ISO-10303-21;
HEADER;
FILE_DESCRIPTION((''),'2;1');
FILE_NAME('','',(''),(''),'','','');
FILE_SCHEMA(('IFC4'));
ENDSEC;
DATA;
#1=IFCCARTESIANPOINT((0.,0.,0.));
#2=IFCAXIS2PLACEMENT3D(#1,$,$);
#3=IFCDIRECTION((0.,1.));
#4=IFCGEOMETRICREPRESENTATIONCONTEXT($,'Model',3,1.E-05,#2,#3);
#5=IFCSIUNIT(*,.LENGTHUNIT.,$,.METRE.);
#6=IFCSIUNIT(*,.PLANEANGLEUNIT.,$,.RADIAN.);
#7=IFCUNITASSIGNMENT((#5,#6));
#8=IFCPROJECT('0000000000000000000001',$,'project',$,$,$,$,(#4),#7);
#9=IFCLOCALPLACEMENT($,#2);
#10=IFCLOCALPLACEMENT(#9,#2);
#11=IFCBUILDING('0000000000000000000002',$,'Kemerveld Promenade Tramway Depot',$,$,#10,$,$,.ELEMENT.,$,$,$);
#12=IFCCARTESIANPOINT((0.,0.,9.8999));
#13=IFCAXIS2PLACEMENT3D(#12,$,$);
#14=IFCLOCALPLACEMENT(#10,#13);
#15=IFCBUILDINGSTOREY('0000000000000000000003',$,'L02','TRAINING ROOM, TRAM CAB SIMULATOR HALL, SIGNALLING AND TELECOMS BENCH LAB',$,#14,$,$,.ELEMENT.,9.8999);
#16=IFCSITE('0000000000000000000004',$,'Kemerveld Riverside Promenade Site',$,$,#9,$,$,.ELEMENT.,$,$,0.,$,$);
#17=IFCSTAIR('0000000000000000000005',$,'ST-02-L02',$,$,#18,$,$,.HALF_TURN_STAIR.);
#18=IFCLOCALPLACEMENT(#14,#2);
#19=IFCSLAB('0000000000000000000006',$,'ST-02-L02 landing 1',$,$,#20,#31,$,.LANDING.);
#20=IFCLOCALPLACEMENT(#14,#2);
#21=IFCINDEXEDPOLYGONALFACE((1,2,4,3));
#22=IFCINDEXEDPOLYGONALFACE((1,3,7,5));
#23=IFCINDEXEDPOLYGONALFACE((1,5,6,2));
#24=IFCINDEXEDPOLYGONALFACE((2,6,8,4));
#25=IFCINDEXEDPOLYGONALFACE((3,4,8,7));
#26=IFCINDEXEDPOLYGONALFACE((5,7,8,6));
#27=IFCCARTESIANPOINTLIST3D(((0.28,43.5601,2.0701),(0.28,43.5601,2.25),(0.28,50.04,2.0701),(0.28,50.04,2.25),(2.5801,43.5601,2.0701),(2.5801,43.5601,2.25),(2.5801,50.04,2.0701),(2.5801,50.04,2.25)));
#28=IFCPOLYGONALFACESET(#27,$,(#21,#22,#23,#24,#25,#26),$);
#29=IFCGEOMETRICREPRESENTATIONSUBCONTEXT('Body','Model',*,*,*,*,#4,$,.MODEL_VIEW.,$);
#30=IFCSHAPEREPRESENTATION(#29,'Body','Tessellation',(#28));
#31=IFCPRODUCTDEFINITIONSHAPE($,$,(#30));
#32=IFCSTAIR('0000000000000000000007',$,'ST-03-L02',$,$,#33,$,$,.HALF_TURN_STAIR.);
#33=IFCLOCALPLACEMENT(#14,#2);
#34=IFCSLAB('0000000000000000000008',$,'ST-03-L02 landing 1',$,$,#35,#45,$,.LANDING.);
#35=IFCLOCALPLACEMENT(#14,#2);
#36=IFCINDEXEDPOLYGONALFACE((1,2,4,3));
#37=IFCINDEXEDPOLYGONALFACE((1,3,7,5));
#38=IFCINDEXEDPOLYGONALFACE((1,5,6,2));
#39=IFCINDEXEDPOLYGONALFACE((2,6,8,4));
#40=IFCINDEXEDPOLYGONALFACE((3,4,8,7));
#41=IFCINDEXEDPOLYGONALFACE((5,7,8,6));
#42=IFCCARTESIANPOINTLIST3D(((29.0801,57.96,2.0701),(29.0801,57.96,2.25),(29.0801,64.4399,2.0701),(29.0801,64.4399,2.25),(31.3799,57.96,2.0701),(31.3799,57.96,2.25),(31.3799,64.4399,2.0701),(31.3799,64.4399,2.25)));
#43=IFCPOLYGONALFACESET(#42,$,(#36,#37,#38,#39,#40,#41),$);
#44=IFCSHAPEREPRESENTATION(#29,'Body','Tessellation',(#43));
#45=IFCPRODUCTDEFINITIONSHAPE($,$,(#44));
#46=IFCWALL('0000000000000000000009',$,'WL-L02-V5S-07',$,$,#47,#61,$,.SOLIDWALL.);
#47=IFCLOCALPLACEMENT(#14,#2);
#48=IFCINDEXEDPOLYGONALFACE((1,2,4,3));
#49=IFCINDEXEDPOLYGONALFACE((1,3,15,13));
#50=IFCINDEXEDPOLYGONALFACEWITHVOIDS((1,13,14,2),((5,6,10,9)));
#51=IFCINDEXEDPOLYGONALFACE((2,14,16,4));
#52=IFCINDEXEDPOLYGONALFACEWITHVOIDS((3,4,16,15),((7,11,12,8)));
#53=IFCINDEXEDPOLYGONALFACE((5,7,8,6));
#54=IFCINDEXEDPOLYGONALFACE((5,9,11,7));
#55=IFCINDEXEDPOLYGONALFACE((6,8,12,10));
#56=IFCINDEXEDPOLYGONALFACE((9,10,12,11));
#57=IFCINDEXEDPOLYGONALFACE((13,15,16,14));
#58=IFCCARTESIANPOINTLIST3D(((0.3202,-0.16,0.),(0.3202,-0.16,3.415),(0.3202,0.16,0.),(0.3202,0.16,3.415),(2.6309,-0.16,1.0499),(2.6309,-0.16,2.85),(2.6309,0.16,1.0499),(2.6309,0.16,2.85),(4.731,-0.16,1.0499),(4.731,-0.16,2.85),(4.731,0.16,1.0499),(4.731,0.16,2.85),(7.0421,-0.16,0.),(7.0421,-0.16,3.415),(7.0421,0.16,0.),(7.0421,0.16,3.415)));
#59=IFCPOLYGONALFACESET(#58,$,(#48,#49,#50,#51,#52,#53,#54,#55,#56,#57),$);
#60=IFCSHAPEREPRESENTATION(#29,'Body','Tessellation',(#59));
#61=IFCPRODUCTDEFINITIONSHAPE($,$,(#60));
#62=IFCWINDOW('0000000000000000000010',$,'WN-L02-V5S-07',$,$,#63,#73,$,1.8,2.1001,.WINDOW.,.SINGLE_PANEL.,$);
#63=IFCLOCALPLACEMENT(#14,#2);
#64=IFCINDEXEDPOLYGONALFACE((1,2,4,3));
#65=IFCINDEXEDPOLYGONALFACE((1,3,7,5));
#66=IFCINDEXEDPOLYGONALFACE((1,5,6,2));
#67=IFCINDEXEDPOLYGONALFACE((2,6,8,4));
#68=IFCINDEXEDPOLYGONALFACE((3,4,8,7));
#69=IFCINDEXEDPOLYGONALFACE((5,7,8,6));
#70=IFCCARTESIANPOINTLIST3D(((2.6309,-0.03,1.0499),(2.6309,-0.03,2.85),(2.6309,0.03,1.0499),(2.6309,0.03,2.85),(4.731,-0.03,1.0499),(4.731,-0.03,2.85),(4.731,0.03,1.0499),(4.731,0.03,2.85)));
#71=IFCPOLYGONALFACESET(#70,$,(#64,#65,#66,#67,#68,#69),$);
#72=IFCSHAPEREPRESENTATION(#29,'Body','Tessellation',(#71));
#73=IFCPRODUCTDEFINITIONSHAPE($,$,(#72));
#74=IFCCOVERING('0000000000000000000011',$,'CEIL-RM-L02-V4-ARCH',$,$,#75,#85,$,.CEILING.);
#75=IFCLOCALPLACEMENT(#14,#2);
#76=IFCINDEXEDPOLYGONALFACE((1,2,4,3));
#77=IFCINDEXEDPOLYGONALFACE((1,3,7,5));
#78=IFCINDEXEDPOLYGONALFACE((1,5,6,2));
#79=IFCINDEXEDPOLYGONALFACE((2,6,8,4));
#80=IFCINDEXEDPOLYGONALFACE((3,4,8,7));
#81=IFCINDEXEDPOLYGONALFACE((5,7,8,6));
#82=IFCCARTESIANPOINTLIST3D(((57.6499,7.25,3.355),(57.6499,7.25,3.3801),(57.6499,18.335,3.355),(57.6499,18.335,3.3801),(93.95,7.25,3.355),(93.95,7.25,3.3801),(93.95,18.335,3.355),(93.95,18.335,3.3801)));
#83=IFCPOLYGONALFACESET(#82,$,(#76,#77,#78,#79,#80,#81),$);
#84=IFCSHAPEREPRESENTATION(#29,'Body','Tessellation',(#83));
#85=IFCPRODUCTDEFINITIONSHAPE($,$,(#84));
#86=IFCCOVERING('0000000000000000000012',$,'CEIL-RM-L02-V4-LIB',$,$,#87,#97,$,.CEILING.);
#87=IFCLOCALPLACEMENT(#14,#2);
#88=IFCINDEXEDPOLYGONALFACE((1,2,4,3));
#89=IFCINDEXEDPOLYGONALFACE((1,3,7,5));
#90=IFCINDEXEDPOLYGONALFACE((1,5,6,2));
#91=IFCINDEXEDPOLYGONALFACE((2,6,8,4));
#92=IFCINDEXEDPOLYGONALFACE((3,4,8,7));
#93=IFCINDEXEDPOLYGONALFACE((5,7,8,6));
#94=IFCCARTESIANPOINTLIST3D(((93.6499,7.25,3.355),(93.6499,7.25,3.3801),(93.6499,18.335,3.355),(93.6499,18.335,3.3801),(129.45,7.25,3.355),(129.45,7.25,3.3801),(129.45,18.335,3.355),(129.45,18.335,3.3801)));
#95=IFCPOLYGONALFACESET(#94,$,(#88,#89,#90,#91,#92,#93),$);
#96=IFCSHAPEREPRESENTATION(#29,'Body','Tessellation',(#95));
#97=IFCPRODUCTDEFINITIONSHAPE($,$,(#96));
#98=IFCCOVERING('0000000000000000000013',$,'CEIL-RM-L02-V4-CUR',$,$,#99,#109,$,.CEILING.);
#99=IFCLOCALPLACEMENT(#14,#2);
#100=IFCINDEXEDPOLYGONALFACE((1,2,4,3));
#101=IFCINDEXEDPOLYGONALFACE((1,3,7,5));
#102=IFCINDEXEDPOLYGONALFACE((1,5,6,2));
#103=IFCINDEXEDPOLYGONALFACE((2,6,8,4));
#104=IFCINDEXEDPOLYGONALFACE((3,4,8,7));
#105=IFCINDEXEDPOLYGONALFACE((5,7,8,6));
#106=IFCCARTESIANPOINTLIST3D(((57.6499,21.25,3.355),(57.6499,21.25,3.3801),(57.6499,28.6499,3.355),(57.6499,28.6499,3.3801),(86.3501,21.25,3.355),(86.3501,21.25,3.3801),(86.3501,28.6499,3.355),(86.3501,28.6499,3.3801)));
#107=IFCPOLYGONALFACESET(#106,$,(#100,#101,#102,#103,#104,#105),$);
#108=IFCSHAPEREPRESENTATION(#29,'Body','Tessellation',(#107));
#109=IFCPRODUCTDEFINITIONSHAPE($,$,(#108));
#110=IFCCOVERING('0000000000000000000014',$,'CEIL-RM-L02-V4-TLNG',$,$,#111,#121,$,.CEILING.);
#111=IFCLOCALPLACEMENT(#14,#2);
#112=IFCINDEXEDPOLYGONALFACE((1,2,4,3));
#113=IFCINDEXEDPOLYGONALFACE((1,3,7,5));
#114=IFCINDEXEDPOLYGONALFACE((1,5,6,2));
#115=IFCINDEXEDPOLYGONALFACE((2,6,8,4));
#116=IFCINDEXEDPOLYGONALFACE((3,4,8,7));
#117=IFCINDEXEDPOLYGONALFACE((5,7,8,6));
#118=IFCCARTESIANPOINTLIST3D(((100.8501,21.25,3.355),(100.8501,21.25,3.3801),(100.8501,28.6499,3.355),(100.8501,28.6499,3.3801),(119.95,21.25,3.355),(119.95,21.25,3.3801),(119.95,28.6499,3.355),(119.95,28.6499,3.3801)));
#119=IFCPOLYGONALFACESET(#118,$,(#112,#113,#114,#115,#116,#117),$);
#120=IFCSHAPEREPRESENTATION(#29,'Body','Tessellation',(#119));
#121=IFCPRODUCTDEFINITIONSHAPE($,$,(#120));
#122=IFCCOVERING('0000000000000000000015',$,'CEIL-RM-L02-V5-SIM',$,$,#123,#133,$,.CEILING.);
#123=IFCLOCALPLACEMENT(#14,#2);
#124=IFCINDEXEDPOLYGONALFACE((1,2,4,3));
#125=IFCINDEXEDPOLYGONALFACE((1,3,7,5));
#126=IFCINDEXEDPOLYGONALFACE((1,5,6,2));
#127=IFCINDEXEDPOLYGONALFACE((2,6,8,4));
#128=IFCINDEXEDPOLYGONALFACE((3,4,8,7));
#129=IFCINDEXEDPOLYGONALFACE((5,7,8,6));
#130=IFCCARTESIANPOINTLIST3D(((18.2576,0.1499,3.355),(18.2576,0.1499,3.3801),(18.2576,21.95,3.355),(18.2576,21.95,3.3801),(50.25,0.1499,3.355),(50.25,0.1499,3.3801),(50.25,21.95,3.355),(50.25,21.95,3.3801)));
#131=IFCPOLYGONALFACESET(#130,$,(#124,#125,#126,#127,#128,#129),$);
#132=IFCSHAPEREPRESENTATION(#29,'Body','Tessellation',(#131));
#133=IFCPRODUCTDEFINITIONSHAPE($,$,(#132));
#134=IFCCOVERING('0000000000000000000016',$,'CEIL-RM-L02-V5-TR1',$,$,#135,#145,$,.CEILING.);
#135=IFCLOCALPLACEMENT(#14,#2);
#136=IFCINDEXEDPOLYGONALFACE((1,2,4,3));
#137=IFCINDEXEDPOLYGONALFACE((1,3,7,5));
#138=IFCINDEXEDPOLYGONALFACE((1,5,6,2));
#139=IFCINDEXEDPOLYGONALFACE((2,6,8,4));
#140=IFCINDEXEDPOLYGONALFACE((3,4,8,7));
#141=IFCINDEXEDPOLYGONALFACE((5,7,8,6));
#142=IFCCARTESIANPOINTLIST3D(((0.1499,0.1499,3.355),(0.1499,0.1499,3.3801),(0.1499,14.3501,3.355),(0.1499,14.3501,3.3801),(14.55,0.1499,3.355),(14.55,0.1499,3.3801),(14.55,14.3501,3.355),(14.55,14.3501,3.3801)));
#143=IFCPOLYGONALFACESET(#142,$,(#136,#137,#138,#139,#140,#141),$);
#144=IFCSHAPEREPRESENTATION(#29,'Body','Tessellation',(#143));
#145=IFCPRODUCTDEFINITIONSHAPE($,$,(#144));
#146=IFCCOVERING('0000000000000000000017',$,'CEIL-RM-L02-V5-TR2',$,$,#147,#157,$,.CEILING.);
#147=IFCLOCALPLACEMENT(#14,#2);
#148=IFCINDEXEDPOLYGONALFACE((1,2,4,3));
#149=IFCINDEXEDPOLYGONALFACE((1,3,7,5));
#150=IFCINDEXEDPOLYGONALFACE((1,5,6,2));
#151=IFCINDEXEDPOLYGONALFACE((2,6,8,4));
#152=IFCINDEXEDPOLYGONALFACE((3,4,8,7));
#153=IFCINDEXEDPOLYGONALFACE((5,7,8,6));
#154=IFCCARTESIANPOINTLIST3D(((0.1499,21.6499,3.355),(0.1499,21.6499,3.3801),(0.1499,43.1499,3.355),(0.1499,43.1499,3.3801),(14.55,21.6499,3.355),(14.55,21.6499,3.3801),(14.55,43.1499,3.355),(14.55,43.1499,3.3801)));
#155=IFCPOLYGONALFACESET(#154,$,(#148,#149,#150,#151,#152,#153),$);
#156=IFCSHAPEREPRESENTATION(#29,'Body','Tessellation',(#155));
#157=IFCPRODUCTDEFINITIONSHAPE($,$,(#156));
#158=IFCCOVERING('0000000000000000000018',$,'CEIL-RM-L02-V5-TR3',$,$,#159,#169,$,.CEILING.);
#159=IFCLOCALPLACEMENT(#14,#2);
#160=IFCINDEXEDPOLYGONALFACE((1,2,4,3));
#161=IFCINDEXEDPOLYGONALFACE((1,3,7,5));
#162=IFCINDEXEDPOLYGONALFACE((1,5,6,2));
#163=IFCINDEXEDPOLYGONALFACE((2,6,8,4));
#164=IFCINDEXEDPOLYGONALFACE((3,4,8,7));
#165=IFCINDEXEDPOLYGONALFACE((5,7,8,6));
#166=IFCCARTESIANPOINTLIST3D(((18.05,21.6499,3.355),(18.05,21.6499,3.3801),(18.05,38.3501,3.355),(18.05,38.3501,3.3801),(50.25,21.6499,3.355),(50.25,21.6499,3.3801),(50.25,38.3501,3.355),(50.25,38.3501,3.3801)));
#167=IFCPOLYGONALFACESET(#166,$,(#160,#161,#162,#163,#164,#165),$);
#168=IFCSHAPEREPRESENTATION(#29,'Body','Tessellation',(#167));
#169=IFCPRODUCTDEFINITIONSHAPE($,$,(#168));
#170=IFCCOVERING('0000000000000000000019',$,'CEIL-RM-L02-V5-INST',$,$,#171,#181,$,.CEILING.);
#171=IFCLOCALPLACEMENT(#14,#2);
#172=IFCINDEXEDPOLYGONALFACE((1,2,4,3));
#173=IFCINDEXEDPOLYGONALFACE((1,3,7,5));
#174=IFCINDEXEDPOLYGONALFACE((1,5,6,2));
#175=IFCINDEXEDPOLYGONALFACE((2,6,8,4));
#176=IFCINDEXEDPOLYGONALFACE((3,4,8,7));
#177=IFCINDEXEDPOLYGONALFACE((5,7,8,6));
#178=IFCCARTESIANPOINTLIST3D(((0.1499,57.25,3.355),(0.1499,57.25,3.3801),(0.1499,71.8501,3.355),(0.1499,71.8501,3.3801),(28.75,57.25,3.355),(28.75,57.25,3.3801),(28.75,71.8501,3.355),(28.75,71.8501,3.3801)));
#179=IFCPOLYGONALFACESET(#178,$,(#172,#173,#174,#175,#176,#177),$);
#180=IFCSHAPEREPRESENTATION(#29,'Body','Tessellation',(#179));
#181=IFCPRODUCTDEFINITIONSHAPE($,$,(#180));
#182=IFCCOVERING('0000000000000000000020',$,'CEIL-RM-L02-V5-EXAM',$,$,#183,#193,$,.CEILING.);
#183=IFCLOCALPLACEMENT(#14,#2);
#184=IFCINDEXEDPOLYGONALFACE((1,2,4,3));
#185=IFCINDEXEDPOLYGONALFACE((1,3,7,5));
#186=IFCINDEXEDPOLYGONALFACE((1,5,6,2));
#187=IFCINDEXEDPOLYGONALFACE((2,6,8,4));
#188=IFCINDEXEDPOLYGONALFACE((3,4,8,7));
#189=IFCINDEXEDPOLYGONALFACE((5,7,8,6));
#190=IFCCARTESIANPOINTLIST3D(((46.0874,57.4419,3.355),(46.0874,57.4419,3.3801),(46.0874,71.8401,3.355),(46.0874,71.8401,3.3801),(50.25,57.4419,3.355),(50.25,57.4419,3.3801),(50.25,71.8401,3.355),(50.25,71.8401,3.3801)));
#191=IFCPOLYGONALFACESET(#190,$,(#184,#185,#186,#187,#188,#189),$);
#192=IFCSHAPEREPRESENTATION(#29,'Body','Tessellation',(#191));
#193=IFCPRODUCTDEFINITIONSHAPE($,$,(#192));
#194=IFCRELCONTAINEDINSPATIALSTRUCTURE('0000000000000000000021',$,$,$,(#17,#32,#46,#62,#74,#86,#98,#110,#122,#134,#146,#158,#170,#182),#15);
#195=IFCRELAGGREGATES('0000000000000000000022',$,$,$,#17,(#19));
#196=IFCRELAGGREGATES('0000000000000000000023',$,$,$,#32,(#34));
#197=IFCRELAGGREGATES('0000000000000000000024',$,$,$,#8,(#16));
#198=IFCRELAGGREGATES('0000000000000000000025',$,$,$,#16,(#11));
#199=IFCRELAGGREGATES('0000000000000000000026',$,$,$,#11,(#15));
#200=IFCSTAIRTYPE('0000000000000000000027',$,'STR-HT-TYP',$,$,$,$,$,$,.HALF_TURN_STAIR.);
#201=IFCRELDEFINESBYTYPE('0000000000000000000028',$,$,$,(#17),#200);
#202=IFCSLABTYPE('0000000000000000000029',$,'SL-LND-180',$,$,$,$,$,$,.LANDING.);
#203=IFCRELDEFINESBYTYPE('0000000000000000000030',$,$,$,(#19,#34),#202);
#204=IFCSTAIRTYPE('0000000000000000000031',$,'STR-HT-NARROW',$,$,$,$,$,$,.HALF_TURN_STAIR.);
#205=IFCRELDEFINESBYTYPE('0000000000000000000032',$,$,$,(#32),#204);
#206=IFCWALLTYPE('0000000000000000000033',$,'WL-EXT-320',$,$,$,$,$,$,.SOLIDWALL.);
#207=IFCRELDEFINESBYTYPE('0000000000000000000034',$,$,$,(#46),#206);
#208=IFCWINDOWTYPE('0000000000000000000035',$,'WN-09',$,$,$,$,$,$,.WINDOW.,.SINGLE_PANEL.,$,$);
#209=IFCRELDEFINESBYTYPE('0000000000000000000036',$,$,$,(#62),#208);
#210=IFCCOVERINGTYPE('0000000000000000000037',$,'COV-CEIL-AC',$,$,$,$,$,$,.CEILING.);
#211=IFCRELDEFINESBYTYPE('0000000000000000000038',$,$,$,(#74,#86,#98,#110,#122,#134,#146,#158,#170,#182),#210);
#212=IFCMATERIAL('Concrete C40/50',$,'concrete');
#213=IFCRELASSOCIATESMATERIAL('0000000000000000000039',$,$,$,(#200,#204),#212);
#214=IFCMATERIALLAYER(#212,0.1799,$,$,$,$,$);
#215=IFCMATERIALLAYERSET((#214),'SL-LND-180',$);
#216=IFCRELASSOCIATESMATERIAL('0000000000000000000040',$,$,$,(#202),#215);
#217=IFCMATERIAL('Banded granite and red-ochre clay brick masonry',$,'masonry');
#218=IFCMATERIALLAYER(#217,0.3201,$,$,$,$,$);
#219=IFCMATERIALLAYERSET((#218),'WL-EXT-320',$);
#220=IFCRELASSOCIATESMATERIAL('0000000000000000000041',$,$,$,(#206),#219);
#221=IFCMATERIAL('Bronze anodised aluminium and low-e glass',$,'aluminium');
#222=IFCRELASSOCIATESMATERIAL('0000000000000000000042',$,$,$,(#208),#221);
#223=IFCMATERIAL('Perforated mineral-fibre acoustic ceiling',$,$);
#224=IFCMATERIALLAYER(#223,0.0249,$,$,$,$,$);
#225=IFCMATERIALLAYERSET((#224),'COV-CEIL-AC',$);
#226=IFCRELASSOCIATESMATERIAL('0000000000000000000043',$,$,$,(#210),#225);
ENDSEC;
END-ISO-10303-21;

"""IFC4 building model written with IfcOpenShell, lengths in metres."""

from ifc_helpers import new_model, si_unit, direction, frame, frame_2d, origin, place, context, subcontext, project, spatial, polyline, rectangle, outline, extrude, material, layer, layer_set, type_object, element, fill, aggregate, save


model = new_model("IFC4")

# Units and contexts
model_context = context("Model", 3, precision=1e-05, world=origin(), true_north=direction((0.0, 1.0)))
body_context = subcontext(model_context, "Body", "Model", "MODEL_VIEW")
ifc_project = project(units=[si_unit("LENGTHUNIT", "METRE"), si_unit("PLANEANGLEUNIT", "RADIAN")], contexts=[model_context])

# Site, building, storey
site_placement = place(None, origin())
site = spatial("IfcSite", under=ifc_project, at=site_placement, Name="Kemerveld Riverside Promenade Site", CompositionType="ELEMENT", RefElevation=0.0)
building_placement = place(site_placement, origin())
building = spatial("IfcBuilding", under=site, at=building_placement, Name="Kemerveld Promenade Tramway Depot", CompositionType="ELEMENT")
storey_placement = place(building_placement, frame((0.0, 0.0, 9.8999)))
storey = spatial("IfcBuildingStorey", under=building, at=storey_placement, Name="L02", Description="TRAINING ROOM, TRAM CAB SIMULATOR HALL, SIGNALLING AND TELECOMS BENCH LAB", CompositionType="ELEMENT", Elevation=9.8999)

# Shared definitions
ifc_material_1 = material(Name="Concrete C40/50", Category="concrete")

# Stairs, slabs
stair_type_1 = type_object("IfcStairType", Name="STR-HT-TYP", PredefinedType="HALF_TURN_STAIR", material=ifc_material_1)
stair_1_placement = place(storey_placement, origin())
stair_1 = element("IfcStair", 1, at=stair_1_placement, inside=storey, type_object=stair_type_1, Name="ST-02-L02", PredefinedType="HALF_TURN_STAIR")
ifc_layer_1 = layer(ifc_material_1, 0.1799)
ifc_layer_set_1 = layer_set([ifc_layer_1], Name="SL-LND-180")
slab_type_1 = type_object("IfcSlabType", Name="SL-LND-180", PredefinedType="LANDING", material=ifc_layer_set_1)
slab_1_placement = place(storey_placement, frame((0.0, 0.0, 2.0701)))
slab_1 = element("IfcSlab", 2, at=slab_1_placement, type_object=slab_type_1, Name="ST-02-L02 landing 1", PredefinedType="LANDING", context=body_context, shape_type="SweptSolid", body=[
    extrude(outline(polyline([(0.28, 43.5601), (2.5801, 43.5601), (2.5801, 50.04), (0.28, 50.04), (0.28, 43.5601)])), origin(), (0.0, 0.0, 1.0), 0.1799),
])
aggregate(stair_1, [slab_1])
stair_type_2 = type_object("IfcStairType", Name="STR-HT-NARROW", PredefinedType="HALF_TURN_STAIR", material=ifc_material_1)
stair_2_placement = place(storey_placement, origin())
stair_2 = element("IfcStair", 3, at=stair_2_placement, inside=storey, type_object=stair_type_2, Name="ST-03-L02", PredefinedType="HALF_TURN_STAIR")
slab_2_placement = place(storey_placement, frame((0.0, 0.0, 2.0701)))
slab_2 = element("IfcSlab", 4, at=slab_2_placement, type_object=slab_type_1, Name="ST-03-L02 landing 1", PredefinedType="LANDING", context=body_context, shape_type="SweptSolid", body=[
    extrude(outline(polyline([(29.0801, 57.96), (31.3799, 57.96), (31.3799, 64.4399), (29.0801, 64.4399), (29.0801, 57.96)])), origin(), (0.0, 0.0, 1.0), 0.1799),
])
aggregate(stair_2, [slab_2])

# Wall, opening, window
ifc_material_2 = material(Name="Banded granite and red-ochre clay brick masonry", Category="masonry")
ifc_layer_2 = layer(ifc_material_2, 0.3201)
ifc_layer_set_2 = layer_set([ifc_layer_2], Name="WL-EXT-320")
wall_type = type_object("IfcWallType", Name="WL-EXT-320", PredefinedType="SOLIDWALL", material=ifc_layer_set_2)
wall_placement = place(storey_placement, frame((7.042, 0.0, 0.0), z_axis=(0.0, 0.0, 1.0), x_axis=(-1.0, 0.0, 0.0)))
wall = element("IfcWall", 5, at=wall_placement, inside=storey, type_object=wall_type, Name="WL-L02-V5S-07", PredefinedType="SOLIDWALL", context=body_context, shape_type="SweptSolid", body=[
    extrude(rectangle(XDim=6.7219, YDim=0.3201, at=frame_2d((3.3608, 0.0))), origin(), (0.0, 0.0, 1.0), 3.415),
])
opening_placement = place(wall_placement, frame((2.311, 0.0, 1.05)))
opening = element("IfcOpeningElement", 6, at=opening_placement, cuts=wall, PredefinedType="OPENING", context=body_context, shape_type="SweptSolid", body=[
    extrude(rectangle(XDim=2.1001, YDim=1.8, at=frame_2d((1.05, 0.8999))), frame((0.0, 0.1699, 0.0), z_axis=(0.0, -1.0, 0.0), x_axis=(1.0, 0.0, 0.0)), (0.0, 0.0, 1.0), 0.3401),
])
ifc_material_3 = material(Name="Bronze anodised aluminium and low-e glass", Category="aluminium")
window_type = type_object("IfcWindowType", Name="WN-09", PartitioningType="SINGLE_PANEL", PredefinedType="WINDOW", material=ifc_material_3)
window_placement = place(opening_placement, origin())
window = element("IfcWindow", 7, at=window_placement, inside=storey, type_object=window_type, Name="WN-L02-V5S-07", OverallHeight=1.8, OverallWidth=2.1001, PartitioningType="SINGLE_PANEL", PredefinedType="WINDOW", context=body_context, shape_type="SweptSolid", body=[
    extrude(rectangle(XDim=2.1001, YDim=1.8, at=frame_2d((1.05, 0.8999))), frame((0.0, 0.03, 0.0), z_axis=(0.0, -1.0, 0.0), x_axis=(1.0, 0.0, 0.0)), (0.0, 0.0, 1.0), 0.0601),
])
fill(opening, window)

# Coverings
ifc_material_4 = material(Name="Perforated mineral-fibre acoustic ceiling")
ifc_layer_3 = layer(ifc_material_4, 0.0249)
ifc_layer_set_3 = layer_set([ifc_layer_3], Name="COV-CEIL-AC")
covering_type_1 = type_object("IfcCoveringType", Name="COV-CEIL-AC", PredefinedType="CEILING", material=ifc_layer_set_3)
covering_1_placement = place(storey_placement, frame((0.0, 0.0, 3.355)))
element("IfcCovering", 8, at=covering_1_placement, inside=storey, type_object=covering_type_1, Name="CEIL-RM-L02-V4-ARCH", PredefinedType="CEILING", context=body_context, shape_type="SweptSolid", body=[
    extrude(outline(polyline([(57.6499, 7.25), (93.95, 7.25), (93.95, 18.335), (57.6499, 18.335), (57.6499, 7.25)])), origin(), (0.0, 0.0, 1.0), 0.0251),
])
covering_2_placement = place(storey_placement, frame((0.0, 0.0, 3.355)))
element("IfcCovering", 9, at=covering_2_placement, inside=storey, type_object=covering_type_1, Name="CEIL-RM-L02-V4-LIB", PredefinedType="CEILING", context=body_context, shape_type="SweptSolid", body=[
    extrude(outline(polyline([(93.6499, 7.25), (129.45, 7.25), (129.45, 18.335), (93.6499, 18.335), (93.6499, 7.25)])), origin(), (0.0, 0.0, 1.0), 0.0251),
])
covering_3_placement = place(storey_placement, frame((0.0, 0.0, 3.355)))
element("IfcCovering", 10, at=covering_3_placement, inside=storey, type_object=covering_type_1, Name="CEIL-RM-L02-V4-CUR", PredefinedType="CEILING", context=body_context, shape_type="SweptSolid", body=[
    extrude(outline(polyline([(57.6499, 21.25), (86.3501, 21.25), (86.3501, 28.6499), (57.6499, 28.6499), (57.6499, 21.25)])), origin(), (0.0, 0.0, 1.0), 0.0251),
])
covering_4_placement = place(storey_placement, frame((0.0, 0.0, 3.355)))
element("IfcCovering", 11, at=covering_4_placement, inside=storey, type_object=covering_type_1, Name="CEIL-RM-L02-V4-TLNG", PredefinedType="CEILING", context=body_context, shape_type="SweptSolid", body=[
    extrude(outline(polyline([(100.8501, 21.25), (119.95, 21.25), (119.95, 28.6499), (100.8501, 28.6499), (100.8501, 21.25)])), origin(), (0.0, 0.0, 1.0), 0.0251),
])
covering_5_placement = place(storey_placement, frame((0.0, 0.0, 3.355)))
element("IfcCovering", 12, at=covering_5_placement, inside=storey, type_object=covering_type_1, Name="CEIL-RM-L02-V5-SIM", PredefinedType="CEILING", context=body_context, shape_type="SweptSolid", body=[
    extrude(outline(polyline([(18.2576, 0.1499), (50.25, 0.1499), (50.25, 21.95), (18.2576, 21.95), (18.2576, 0.1499)])), origin(), (0.0, 0.0, 1.0), 0.0251),
])
covering_6_placement = place(storey_placement, frame((0.0, 0.0, 3.355)))
element("IfcCovering", 13, at=covering_6_placement, inside=storey, type_object=covering_type_1, Name="CEIL-RM-L02-V5-TR1", PredefinedType="CEILING", context=body_context, shape_type="SweptSolid", body=[
    extrude(outline(polyline([(0.1499, 0.1499), (14.55, 0.1499), (14.55, 14.3501), (0.1499, 14.3501), (0.1499, 0.1499)])), origin(), (0.0, 0.0, 1.0), 0.0251),
])
covering_7_placement = place(storey_placement, frame((0.0, 0.0, 3.355)))
element("IfcCovering", 14, at=covering_7_placement, inside=storey, type_object=covering_type_1, Name="CEIL-RM-L02-V5-TR2", PredefinedType="CEILING", context=body_context, shape_type="SweptSolid", body=[
    extrude(outline(polyline([(0.1499, 21.6499), (14.55, 21.6499), (14.55, 43.1499), (0.1499, 43.1499), (0.1499, 21.6499)])), origin(), (0.0, 0.0, 1.0), 0.0251),
])
covering_8_placement = place(storey_placement, frame((0.0, 0.0, 3.355)))
element("IfcCovering", 15, at=covering_8_placement, inside=storey, type_object=covering_type_1, Name="CEIL-RM-L02-V5-TR3", PredefinedType="CEILING", context=body_context, shape_type="SweptSolid", body=[
    extrude(outline(polyline([(18.05, 21.6499), (50.25, 21.6499), (50.25, 38.3501), (18.05, 38.3501), (18.05, 21.6499)])), origin(), (0.0, 0.0, 1.0), 0.0251),
])
covering_9_placement = place(storey_placement, frame((0.0, 0.0, 3.355)))
element("IfcCovering", 16, at=covering_9_placement, inside=storey, type_object=covering_type_1, Name="CEIL-RM-L02-V5-INST", PredefinedType="CEILING", context=body_context, shape_type="SweptSolid", body=[
    extrude(outline(polyline([(0.1499, 57.25), (28.75, 57.25), (28.75, 71.8501), (0.1499, 71.8501), (0.1499, 57.25)])), origin(), (0.0, 0.0, 1.0), 0.0251),
])
covering_10_placement = place(storey_placement, frame((0.0, 0.0, 3.355)))
element("IfcCovering", 17, at=covering_10_placement, inside=storey, type_object=covering_type_1, Name="CEIL-RM-L02-V5-EXAM", PredefinedType="CEILING", context=body_context, shape_type="SweptSolid", body=[
    extrude(outline(polyline([(46.0874, 57.4419), (50.25, 57.4419), (50.25, 71.8401), (46.0874, 71.8401), (46.0874, 57.4419)])), origin(), (0.0, 0.0, 1.0), 0.0251),
])

save(model, "model.ifc")
